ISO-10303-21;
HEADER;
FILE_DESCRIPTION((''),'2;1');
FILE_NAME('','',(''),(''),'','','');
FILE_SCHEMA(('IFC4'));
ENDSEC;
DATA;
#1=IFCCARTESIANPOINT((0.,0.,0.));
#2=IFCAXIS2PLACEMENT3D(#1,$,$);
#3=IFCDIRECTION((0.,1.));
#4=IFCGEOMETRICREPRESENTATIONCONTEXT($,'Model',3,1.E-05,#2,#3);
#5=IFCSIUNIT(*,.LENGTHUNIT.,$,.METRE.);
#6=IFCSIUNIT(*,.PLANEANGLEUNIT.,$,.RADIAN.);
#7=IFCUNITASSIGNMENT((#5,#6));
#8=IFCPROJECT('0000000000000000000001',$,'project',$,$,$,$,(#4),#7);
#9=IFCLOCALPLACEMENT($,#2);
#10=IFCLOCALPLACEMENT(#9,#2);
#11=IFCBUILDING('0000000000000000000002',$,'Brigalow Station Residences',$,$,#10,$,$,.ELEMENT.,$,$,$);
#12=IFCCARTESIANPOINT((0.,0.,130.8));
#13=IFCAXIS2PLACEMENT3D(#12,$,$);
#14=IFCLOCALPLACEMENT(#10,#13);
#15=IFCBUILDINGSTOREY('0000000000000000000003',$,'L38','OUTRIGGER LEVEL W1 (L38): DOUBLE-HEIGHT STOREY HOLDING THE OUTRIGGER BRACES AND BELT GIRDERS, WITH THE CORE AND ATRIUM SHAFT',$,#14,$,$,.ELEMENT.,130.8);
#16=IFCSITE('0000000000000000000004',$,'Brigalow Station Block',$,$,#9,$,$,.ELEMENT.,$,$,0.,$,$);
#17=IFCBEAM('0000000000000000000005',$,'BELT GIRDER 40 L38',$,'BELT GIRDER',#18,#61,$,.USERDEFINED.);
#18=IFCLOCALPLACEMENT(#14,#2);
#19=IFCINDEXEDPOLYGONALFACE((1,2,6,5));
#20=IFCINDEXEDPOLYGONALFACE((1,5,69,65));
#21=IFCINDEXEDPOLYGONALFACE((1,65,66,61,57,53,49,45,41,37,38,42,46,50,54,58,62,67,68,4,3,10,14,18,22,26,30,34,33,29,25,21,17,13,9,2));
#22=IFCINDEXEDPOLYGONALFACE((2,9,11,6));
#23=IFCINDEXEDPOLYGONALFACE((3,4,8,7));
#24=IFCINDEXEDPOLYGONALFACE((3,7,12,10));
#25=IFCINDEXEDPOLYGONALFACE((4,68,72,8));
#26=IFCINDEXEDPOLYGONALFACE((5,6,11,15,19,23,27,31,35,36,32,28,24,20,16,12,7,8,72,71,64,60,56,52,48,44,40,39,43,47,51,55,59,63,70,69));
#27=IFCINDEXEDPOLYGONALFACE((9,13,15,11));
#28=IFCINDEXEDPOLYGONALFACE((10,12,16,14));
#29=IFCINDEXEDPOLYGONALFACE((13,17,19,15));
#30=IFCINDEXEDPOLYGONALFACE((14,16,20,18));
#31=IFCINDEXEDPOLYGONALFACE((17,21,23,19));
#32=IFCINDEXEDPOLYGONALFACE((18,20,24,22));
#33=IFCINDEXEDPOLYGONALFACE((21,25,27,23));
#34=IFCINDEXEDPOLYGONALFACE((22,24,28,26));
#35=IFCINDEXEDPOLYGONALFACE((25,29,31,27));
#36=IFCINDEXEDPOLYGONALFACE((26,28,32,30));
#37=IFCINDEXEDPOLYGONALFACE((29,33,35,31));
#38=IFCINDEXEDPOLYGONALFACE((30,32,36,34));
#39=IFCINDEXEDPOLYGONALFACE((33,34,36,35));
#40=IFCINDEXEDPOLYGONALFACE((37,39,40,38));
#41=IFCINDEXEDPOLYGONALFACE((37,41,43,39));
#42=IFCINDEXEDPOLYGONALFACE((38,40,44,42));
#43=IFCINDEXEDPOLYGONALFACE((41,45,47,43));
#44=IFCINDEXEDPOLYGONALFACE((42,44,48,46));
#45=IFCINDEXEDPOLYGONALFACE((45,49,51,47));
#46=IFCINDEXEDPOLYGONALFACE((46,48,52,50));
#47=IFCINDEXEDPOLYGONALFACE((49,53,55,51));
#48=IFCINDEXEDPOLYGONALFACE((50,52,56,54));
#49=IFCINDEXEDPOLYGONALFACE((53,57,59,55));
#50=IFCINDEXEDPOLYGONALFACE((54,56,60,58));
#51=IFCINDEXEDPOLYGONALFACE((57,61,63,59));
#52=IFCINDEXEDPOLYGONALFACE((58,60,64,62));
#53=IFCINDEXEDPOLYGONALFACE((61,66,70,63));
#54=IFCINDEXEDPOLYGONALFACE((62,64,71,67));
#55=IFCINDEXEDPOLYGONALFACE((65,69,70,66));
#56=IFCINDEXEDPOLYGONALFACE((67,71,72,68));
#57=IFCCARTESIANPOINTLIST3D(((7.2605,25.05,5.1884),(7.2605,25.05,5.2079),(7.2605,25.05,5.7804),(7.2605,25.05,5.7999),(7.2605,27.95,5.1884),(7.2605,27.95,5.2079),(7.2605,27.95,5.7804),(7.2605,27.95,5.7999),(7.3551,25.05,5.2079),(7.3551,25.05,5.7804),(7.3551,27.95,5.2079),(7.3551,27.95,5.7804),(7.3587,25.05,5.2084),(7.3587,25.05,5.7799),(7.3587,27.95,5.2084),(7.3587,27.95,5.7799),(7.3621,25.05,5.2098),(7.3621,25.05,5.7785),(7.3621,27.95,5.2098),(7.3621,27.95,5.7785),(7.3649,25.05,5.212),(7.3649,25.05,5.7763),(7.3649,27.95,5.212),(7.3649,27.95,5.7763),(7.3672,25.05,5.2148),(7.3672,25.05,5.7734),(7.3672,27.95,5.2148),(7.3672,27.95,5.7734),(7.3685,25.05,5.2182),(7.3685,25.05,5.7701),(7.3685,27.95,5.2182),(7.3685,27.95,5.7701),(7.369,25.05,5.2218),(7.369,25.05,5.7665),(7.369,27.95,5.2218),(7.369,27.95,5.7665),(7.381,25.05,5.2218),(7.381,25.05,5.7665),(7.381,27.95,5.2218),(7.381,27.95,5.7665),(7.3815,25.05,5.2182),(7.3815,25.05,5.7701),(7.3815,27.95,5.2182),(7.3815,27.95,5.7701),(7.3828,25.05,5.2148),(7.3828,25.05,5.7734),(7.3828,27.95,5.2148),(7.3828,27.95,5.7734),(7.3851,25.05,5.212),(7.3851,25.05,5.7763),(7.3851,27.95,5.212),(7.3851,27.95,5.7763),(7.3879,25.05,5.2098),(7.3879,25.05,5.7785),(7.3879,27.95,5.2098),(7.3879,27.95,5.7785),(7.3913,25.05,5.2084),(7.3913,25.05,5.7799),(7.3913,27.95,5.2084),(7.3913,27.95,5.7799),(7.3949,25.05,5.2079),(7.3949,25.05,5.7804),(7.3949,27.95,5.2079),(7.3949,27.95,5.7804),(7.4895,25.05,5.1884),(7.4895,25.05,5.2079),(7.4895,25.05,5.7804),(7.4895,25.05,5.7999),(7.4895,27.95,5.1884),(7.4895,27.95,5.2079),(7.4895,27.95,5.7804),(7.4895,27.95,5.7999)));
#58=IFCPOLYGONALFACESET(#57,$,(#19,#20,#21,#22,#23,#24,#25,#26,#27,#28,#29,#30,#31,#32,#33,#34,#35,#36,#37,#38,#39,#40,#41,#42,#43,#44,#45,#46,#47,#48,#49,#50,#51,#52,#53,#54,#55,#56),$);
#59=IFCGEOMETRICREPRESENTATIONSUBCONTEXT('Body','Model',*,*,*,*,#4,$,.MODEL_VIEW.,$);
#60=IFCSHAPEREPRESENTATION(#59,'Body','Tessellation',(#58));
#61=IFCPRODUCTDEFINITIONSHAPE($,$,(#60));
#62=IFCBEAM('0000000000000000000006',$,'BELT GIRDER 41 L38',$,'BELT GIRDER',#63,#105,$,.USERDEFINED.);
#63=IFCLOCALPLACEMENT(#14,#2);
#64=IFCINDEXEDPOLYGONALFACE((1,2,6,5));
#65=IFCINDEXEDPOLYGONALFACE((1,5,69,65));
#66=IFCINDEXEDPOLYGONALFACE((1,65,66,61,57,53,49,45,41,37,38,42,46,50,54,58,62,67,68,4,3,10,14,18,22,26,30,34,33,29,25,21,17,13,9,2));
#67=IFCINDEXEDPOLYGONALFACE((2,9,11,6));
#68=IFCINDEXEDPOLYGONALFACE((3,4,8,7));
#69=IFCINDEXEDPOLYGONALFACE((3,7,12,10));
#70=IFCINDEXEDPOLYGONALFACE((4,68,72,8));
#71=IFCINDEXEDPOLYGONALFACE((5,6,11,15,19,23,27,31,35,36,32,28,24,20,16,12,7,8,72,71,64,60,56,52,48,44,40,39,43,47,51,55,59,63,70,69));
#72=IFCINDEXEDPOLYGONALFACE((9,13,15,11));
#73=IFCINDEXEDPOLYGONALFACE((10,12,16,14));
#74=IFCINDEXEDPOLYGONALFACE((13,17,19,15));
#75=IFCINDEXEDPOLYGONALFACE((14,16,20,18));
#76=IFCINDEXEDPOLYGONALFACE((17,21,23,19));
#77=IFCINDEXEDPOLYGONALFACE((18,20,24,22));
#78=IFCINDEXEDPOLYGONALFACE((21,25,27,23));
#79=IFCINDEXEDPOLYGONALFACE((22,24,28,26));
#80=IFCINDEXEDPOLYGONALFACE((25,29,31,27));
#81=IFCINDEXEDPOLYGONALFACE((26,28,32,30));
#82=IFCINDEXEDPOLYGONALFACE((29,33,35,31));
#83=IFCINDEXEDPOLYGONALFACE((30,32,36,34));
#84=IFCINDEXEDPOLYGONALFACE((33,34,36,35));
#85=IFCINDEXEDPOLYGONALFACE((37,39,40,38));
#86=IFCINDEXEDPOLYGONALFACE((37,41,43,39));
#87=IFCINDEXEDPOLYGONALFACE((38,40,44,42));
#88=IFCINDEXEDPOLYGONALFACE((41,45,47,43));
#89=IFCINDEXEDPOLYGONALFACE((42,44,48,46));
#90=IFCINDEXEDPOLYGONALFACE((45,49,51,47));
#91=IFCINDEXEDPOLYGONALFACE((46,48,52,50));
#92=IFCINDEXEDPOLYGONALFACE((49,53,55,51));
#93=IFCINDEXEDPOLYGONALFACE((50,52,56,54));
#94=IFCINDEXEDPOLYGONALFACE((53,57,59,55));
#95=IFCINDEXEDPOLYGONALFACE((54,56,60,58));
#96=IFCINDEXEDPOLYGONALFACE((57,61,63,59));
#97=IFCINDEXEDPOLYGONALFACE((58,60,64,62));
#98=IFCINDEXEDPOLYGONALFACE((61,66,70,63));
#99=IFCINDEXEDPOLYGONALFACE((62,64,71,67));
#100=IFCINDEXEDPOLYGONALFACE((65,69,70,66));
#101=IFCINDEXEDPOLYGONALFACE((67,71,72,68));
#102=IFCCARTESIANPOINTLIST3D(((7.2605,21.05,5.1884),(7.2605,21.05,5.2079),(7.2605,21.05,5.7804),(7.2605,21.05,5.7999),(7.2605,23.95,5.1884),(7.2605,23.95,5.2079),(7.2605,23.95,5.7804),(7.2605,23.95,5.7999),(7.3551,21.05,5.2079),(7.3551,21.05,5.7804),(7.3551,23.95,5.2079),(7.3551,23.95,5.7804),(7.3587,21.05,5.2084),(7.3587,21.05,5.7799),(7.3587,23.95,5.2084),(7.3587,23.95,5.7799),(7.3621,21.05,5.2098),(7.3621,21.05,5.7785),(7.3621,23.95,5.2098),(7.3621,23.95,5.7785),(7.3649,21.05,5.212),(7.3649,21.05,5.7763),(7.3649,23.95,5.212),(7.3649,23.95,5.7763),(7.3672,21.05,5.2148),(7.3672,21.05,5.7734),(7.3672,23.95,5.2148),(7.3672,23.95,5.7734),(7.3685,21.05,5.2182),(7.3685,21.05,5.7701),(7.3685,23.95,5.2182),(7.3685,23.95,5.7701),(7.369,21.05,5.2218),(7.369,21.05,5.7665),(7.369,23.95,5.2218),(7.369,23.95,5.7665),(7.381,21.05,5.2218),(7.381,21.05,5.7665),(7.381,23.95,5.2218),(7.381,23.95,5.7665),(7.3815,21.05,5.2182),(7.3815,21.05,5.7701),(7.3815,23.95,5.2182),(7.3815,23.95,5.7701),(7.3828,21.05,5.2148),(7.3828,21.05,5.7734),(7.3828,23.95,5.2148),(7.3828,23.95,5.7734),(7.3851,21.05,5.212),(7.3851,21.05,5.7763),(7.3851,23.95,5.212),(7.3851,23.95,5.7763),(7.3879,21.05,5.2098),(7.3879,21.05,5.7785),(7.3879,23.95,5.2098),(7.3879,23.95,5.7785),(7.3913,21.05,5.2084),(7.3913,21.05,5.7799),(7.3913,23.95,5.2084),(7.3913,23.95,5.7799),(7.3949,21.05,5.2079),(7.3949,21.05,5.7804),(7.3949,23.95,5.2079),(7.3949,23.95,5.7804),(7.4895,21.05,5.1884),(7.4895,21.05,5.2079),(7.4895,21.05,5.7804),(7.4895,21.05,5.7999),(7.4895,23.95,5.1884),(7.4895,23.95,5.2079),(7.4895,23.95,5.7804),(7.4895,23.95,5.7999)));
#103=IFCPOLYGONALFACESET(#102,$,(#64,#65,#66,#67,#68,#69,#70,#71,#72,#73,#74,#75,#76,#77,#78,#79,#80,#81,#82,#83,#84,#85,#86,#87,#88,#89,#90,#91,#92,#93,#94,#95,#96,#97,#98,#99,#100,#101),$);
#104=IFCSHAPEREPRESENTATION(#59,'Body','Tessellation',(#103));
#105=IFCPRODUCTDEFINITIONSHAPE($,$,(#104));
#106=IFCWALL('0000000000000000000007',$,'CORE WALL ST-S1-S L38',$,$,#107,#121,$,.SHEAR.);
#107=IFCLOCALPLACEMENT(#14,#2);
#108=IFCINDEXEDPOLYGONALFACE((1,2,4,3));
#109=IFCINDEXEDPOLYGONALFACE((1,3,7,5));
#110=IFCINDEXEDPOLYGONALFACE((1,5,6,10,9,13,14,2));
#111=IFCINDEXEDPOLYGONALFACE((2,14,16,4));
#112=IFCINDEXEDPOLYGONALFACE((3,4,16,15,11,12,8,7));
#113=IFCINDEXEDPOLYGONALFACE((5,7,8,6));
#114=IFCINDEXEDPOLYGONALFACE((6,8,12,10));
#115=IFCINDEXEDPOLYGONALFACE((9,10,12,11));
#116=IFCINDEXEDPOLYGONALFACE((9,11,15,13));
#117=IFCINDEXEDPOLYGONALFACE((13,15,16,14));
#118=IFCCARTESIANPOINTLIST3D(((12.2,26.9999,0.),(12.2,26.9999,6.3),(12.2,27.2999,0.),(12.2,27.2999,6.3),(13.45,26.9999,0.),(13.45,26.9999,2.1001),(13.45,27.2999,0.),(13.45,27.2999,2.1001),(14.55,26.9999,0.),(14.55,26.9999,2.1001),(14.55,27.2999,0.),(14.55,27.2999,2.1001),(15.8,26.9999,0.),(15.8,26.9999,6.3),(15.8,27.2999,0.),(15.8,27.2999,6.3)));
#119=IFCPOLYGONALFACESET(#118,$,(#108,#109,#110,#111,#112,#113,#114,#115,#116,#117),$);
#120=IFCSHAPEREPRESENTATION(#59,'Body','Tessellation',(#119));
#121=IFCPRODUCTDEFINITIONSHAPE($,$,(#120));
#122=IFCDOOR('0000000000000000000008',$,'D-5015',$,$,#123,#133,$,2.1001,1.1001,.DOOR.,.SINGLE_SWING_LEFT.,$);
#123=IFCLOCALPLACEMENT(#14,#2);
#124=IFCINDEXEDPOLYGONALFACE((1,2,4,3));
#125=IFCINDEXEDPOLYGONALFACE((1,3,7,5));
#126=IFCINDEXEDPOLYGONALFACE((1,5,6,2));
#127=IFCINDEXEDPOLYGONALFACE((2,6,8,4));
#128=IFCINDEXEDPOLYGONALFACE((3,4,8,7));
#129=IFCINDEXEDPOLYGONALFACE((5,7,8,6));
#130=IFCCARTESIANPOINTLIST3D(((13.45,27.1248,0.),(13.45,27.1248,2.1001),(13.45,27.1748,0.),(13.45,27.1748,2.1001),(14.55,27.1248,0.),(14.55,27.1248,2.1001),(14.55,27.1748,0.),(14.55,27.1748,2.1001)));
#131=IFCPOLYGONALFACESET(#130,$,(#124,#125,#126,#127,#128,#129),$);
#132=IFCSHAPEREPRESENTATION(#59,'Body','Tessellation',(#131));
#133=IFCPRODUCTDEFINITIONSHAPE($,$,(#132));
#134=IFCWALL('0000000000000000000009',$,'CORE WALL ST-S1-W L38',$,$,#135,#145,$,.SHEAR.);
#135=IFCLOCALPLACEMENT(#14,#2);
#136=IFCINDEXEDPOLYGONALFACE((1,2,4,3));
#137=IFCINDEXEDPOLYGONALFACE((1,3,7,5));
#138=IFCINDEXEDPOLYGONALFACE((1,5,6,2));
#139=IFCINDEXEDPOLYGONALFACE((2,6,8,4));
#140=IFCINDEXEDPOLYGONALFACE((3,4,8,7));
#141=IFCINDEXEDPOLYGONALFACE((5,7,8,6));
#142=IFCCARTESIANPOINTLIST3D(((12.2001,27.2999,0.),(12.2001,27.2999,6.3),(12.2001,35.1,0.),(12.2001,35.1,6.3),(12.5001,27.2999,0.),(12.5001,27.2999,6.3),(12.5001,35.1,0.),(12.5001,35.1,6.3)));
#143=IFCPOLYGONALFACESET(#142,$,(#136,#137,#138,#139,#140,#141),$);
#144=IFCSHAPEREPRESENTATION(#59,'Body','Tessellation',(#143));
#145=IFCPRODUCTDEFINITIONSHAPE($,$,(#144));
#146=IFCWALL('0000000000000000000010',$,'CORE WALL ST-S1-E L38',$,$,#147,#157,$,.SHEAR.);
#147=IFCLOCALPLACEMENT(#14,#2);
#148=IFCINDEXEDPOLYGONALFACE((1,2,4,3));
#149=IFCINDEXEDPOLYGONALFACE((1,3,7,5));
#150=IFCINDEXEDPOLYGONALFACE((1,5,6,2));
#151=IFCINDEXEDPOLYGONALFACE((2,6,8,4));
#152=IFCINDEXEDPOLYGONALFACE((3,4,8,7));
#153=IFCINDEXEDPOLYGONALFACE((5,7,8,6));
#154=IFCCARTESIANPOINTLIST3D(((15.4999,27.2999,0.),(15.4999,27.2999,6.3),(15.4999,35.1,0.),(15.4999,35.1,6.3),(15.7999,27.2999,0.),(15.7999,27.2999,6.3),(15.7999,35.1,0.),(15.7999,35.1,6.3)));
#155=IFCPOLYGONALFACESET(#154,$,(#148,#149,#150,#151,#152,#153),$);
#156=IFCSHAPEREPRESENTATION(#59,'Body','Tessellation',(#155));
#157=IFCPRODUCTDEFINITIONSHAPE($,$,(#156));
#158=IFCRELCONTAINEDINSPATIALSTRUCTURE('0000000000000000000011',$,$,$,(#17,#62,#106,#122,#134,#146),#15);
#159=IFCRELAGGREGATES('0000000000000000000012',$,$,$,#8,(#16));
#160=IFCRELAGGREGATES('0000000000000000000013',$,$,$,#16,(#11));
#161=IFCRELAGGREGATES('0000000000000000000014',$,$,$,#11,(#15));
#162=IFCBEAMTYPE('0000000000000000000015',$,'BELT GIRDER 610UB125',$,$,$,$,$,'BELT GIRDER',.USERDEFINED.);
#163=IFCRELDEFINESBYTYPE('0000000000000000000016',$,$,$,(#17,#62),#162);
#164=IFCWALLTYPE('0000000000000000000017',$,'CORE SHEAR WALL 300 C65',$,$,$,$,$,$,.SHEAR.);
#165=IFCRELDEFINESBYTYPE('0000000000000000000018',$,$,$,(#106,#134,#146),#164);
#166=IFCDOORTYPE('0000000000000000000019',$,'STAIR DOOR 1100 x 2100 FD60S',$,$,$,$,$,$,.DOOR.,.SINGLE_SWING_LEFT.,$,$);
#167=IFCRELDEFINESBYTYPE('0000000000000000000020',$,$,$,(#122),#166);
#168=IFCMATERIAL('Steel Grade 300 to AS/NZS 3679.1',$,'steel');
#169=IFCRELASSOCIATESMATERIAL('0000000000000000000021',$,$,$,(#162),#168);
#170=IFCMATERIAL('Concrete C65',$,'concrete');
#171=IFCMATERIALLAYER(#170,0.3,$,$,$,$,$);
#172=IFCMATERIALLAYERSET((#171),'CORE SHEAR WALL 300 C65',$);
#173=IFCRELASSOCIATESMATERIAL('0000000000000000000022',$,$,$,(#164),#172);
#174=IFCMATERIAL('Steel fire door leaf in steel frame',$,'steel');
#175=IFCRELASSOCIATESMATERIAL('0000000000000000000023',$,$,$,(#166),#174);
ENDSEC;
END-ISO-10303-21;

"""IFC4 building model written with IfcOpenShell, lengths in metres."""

from ifc_helpers import new_model, si_unit, direction, frame, frame_2d, origin, origin_2d, place, context, subcontext, project, spatial, rectangle, i_section, extrude, material, layer, layer_set, material_profile, profile_set, type_object, element, fill, save


model = new_model("IFC4")

# Units and contexts
model_context = context("Model", 3, precision=1e-05, world=origin(), true_north=direction((0.0, 1.0)))
body_context = subcontext(model_context, "Body", "Model", "MODEL_VIEW")
ifc_project = project(units=[si_unit("LENGTHUNIT", "METRE"), si_unit("PLANEANGLEUNIT", "RADIAN")], contexts=[model_context])

# Site, building, storey
site_placement = place(None, origin())
site = spatial("IfcSite", under=ifc_project, at=site_placement, Name="Brigalow Station Block", CompositionType="ELEMENT", RefElevation=0.0)
building_placement = place(site_placement, origin())
building = spatial("IfcBuilding", under=site, at=building_placement, Name="Brigalow Station Residences", CompositionType="ELEMENT")
storey_placement = place(building_placement, frame((0.0, 0.0, 130.8)))
storey = spatial("IfcBuildingStorey", under=building, at=storey_placement, Name="L38", Description="OUTRIGGER LEVEL W1 (L38): DOUBLE-HEIGHT STOREY HOLDING THE OUTRIGGER BRACES AND BELT GIRDERS, WITH THE CORE AND ATRIUM SHAFT", CompositionType="ELEMENT", Elevation=130.8)

# Beams
ifc_material_1 = material(Name="Steel Grade 300 to AS/NZS 3679.1", Category="steel")
ifc_material_profile_1 = material_profile(ifc_material_1, i_section(OverallWidth=0.229, OverallDepth=0.6116, WebThickness=0.012, FlangeThickness=0.0195, FilletRadius=0.0139, at=origin_2d()), Name="610UB125")
ifc_profile_set_1 = profile_set([ifc_material_profile_1], Name="Steel Grade 300 to AS/NZS 3679.1")
beam_type = type_object("IfcBeamType", Name="BELT GIRDER 610UB125", ElementType="BELT GIRDER", PredefinedType="USERDEFINED", material=ifc_profile_set_1)
for number, where, z_axis, x_axis, name in (
    (1, (7.375, 27.95, 5.4941), (0.0, -1.0, 0.0), (1.0, 0.0, 0.0), "BELT GIRDER 40 L38"),
    (2, (7.375, 23.95, 5.4941), (0.0, -1.0, 0.0), (1.0, 0.0, 0.0), "BELT GIRDER 41 L38"),
):
    element("IfcBeam", number, at=place(storey_placement, frame(where, z_axis=z_axis, x_axis=x_axis)), inside=storey, type_object=beam_type, Name=name, ObjectType="BELT GIRDER", PredefinedType="USERDEFINED", context=body_context, shape_type="SweptSolid", body=[
        extrude(i_section(OverallWidth=0.229, OverallDepth=0.6116, WebThickness=0.012, FlangeThickness=0.0195, FilletRadius=0.0139, at=origin_2d()), origin(), (0.0, 0.0, 1.0), 2.8999),
    ])

# Wall, opening, door
ifc_material_2 = material(Name="Concrete C65", Category="concrete")
ifc_layer = layer(ifc_material_2, 0.3)
ifc_layer_set = layer_set([ifc_layer], Name="CORE SHEAR WALL 300 C65")
wall_type = type_object("IfcWallType", Name="CORE SHEAR WALL 300 C65", PredefinedType="SHEAR", material=ifc_layer_set)
wall_placement = place(storey_placement, frame((12.2, 27.1499, 0.0), z_axis=(0.0, 0.0, 1.0), x_axis=(1.0, 0.0, 0.0)))
wall = element("IfcWall", 3, at=wall_placement, inside=storey, type_object=wall_type, Name="CORE WALL ST-S1-S L38", PredefinedType="SHEAR", context=body_context, shape_type="SweptSolid", body=[
    extrude(rectangle(XDim=3.6001, YDim=0.3, at=frame_2d((1.8, 0.0))), origin(), (0.0, 0.0, 1.0), 6.3),
])
opening_placement = place(wall_placement, frame((1.25, 0.0, 0.0)))
opening = element("IfcOpeningElement", 4, at=opening_placement, cuts=wall, PredefinedType="OPENING", context=body_context, shape_type="SweptSolid", body=[
    extrude(rectangle(XDim=1.1001, YDim=2.1001, at=frame_2d((0.55, 1.05))), frame((0.0, 0.1602, 0.0), z_axis=(0.0, -1.0, 0.0), x_axis=(1.0, 0.0, 0.0)), (0.0, 0.0, 1.0), 0.3201),
])
ifc_material_3 = material(Name="Steel fire door leaf in steel frame", Category="steel")
door_type = type_object("IfcDoorType", Name="STAIR DOOR 1100 x 2100 FD60S", OperationType="SINGLE_SWING_LEFT", PredefinedType="DOOR", material=ifc_material_3)
door_placement = place(opening_placement, origin())
door = element("IfcDoor", 5, at=door_placement, inside=storey, type_object=door_type, Name="D-5015", OperationType="SINGLE_SWING_LEFT", OverallHeight=2.1001, OverallWidth=1.1001, PredefinedType="DOOR", context=body_context, shape_type="SweptSolid", body=[
    extrude(rectangle(XDim=1.1001, YDim=2.1001, at=frame_2d((0.55, 1.05))), frame((0.0, 0.0249, 0.0), z_axis=(0.0, -1.0, 0.0), x_axis=(1.0, 0.0, 0.0)), (0.0, 0.0, 1.0), 0.05),
])
fill(opening, door)

# Walls
for number, where, z_axis, x_axis, name in (
    (6, (12.3501, 27.3, 0.0), (0.0, 0.0, 1.0), (0.0, 1.0, 0.0), "CORE WALL ST-S1-W L38"),
    (7, (15.6499, 27.3, 0.0), (0.0, 0.0, 1.0), (0.0, 1.0, 0.0), "CORE WALL ST-S1-E L38"),
):
    element("IfcWall", number, at=place(storey_placement, frame(where, z_axis=z_axis, x_axis=x_axis)), inside=storey, type_object=wall_type, Name=name, PredefinedType="SHEAR", context=body_context, shape_type="SweptSolid", body=[
        extrude(rectangle(XDim=7.8, YDim=0.3, at=frame_2d((3.8999, 0.0))), origin(), (0.0, 0.0, 1.0), 6.3),
    ])

save(model, "model.ifc")
